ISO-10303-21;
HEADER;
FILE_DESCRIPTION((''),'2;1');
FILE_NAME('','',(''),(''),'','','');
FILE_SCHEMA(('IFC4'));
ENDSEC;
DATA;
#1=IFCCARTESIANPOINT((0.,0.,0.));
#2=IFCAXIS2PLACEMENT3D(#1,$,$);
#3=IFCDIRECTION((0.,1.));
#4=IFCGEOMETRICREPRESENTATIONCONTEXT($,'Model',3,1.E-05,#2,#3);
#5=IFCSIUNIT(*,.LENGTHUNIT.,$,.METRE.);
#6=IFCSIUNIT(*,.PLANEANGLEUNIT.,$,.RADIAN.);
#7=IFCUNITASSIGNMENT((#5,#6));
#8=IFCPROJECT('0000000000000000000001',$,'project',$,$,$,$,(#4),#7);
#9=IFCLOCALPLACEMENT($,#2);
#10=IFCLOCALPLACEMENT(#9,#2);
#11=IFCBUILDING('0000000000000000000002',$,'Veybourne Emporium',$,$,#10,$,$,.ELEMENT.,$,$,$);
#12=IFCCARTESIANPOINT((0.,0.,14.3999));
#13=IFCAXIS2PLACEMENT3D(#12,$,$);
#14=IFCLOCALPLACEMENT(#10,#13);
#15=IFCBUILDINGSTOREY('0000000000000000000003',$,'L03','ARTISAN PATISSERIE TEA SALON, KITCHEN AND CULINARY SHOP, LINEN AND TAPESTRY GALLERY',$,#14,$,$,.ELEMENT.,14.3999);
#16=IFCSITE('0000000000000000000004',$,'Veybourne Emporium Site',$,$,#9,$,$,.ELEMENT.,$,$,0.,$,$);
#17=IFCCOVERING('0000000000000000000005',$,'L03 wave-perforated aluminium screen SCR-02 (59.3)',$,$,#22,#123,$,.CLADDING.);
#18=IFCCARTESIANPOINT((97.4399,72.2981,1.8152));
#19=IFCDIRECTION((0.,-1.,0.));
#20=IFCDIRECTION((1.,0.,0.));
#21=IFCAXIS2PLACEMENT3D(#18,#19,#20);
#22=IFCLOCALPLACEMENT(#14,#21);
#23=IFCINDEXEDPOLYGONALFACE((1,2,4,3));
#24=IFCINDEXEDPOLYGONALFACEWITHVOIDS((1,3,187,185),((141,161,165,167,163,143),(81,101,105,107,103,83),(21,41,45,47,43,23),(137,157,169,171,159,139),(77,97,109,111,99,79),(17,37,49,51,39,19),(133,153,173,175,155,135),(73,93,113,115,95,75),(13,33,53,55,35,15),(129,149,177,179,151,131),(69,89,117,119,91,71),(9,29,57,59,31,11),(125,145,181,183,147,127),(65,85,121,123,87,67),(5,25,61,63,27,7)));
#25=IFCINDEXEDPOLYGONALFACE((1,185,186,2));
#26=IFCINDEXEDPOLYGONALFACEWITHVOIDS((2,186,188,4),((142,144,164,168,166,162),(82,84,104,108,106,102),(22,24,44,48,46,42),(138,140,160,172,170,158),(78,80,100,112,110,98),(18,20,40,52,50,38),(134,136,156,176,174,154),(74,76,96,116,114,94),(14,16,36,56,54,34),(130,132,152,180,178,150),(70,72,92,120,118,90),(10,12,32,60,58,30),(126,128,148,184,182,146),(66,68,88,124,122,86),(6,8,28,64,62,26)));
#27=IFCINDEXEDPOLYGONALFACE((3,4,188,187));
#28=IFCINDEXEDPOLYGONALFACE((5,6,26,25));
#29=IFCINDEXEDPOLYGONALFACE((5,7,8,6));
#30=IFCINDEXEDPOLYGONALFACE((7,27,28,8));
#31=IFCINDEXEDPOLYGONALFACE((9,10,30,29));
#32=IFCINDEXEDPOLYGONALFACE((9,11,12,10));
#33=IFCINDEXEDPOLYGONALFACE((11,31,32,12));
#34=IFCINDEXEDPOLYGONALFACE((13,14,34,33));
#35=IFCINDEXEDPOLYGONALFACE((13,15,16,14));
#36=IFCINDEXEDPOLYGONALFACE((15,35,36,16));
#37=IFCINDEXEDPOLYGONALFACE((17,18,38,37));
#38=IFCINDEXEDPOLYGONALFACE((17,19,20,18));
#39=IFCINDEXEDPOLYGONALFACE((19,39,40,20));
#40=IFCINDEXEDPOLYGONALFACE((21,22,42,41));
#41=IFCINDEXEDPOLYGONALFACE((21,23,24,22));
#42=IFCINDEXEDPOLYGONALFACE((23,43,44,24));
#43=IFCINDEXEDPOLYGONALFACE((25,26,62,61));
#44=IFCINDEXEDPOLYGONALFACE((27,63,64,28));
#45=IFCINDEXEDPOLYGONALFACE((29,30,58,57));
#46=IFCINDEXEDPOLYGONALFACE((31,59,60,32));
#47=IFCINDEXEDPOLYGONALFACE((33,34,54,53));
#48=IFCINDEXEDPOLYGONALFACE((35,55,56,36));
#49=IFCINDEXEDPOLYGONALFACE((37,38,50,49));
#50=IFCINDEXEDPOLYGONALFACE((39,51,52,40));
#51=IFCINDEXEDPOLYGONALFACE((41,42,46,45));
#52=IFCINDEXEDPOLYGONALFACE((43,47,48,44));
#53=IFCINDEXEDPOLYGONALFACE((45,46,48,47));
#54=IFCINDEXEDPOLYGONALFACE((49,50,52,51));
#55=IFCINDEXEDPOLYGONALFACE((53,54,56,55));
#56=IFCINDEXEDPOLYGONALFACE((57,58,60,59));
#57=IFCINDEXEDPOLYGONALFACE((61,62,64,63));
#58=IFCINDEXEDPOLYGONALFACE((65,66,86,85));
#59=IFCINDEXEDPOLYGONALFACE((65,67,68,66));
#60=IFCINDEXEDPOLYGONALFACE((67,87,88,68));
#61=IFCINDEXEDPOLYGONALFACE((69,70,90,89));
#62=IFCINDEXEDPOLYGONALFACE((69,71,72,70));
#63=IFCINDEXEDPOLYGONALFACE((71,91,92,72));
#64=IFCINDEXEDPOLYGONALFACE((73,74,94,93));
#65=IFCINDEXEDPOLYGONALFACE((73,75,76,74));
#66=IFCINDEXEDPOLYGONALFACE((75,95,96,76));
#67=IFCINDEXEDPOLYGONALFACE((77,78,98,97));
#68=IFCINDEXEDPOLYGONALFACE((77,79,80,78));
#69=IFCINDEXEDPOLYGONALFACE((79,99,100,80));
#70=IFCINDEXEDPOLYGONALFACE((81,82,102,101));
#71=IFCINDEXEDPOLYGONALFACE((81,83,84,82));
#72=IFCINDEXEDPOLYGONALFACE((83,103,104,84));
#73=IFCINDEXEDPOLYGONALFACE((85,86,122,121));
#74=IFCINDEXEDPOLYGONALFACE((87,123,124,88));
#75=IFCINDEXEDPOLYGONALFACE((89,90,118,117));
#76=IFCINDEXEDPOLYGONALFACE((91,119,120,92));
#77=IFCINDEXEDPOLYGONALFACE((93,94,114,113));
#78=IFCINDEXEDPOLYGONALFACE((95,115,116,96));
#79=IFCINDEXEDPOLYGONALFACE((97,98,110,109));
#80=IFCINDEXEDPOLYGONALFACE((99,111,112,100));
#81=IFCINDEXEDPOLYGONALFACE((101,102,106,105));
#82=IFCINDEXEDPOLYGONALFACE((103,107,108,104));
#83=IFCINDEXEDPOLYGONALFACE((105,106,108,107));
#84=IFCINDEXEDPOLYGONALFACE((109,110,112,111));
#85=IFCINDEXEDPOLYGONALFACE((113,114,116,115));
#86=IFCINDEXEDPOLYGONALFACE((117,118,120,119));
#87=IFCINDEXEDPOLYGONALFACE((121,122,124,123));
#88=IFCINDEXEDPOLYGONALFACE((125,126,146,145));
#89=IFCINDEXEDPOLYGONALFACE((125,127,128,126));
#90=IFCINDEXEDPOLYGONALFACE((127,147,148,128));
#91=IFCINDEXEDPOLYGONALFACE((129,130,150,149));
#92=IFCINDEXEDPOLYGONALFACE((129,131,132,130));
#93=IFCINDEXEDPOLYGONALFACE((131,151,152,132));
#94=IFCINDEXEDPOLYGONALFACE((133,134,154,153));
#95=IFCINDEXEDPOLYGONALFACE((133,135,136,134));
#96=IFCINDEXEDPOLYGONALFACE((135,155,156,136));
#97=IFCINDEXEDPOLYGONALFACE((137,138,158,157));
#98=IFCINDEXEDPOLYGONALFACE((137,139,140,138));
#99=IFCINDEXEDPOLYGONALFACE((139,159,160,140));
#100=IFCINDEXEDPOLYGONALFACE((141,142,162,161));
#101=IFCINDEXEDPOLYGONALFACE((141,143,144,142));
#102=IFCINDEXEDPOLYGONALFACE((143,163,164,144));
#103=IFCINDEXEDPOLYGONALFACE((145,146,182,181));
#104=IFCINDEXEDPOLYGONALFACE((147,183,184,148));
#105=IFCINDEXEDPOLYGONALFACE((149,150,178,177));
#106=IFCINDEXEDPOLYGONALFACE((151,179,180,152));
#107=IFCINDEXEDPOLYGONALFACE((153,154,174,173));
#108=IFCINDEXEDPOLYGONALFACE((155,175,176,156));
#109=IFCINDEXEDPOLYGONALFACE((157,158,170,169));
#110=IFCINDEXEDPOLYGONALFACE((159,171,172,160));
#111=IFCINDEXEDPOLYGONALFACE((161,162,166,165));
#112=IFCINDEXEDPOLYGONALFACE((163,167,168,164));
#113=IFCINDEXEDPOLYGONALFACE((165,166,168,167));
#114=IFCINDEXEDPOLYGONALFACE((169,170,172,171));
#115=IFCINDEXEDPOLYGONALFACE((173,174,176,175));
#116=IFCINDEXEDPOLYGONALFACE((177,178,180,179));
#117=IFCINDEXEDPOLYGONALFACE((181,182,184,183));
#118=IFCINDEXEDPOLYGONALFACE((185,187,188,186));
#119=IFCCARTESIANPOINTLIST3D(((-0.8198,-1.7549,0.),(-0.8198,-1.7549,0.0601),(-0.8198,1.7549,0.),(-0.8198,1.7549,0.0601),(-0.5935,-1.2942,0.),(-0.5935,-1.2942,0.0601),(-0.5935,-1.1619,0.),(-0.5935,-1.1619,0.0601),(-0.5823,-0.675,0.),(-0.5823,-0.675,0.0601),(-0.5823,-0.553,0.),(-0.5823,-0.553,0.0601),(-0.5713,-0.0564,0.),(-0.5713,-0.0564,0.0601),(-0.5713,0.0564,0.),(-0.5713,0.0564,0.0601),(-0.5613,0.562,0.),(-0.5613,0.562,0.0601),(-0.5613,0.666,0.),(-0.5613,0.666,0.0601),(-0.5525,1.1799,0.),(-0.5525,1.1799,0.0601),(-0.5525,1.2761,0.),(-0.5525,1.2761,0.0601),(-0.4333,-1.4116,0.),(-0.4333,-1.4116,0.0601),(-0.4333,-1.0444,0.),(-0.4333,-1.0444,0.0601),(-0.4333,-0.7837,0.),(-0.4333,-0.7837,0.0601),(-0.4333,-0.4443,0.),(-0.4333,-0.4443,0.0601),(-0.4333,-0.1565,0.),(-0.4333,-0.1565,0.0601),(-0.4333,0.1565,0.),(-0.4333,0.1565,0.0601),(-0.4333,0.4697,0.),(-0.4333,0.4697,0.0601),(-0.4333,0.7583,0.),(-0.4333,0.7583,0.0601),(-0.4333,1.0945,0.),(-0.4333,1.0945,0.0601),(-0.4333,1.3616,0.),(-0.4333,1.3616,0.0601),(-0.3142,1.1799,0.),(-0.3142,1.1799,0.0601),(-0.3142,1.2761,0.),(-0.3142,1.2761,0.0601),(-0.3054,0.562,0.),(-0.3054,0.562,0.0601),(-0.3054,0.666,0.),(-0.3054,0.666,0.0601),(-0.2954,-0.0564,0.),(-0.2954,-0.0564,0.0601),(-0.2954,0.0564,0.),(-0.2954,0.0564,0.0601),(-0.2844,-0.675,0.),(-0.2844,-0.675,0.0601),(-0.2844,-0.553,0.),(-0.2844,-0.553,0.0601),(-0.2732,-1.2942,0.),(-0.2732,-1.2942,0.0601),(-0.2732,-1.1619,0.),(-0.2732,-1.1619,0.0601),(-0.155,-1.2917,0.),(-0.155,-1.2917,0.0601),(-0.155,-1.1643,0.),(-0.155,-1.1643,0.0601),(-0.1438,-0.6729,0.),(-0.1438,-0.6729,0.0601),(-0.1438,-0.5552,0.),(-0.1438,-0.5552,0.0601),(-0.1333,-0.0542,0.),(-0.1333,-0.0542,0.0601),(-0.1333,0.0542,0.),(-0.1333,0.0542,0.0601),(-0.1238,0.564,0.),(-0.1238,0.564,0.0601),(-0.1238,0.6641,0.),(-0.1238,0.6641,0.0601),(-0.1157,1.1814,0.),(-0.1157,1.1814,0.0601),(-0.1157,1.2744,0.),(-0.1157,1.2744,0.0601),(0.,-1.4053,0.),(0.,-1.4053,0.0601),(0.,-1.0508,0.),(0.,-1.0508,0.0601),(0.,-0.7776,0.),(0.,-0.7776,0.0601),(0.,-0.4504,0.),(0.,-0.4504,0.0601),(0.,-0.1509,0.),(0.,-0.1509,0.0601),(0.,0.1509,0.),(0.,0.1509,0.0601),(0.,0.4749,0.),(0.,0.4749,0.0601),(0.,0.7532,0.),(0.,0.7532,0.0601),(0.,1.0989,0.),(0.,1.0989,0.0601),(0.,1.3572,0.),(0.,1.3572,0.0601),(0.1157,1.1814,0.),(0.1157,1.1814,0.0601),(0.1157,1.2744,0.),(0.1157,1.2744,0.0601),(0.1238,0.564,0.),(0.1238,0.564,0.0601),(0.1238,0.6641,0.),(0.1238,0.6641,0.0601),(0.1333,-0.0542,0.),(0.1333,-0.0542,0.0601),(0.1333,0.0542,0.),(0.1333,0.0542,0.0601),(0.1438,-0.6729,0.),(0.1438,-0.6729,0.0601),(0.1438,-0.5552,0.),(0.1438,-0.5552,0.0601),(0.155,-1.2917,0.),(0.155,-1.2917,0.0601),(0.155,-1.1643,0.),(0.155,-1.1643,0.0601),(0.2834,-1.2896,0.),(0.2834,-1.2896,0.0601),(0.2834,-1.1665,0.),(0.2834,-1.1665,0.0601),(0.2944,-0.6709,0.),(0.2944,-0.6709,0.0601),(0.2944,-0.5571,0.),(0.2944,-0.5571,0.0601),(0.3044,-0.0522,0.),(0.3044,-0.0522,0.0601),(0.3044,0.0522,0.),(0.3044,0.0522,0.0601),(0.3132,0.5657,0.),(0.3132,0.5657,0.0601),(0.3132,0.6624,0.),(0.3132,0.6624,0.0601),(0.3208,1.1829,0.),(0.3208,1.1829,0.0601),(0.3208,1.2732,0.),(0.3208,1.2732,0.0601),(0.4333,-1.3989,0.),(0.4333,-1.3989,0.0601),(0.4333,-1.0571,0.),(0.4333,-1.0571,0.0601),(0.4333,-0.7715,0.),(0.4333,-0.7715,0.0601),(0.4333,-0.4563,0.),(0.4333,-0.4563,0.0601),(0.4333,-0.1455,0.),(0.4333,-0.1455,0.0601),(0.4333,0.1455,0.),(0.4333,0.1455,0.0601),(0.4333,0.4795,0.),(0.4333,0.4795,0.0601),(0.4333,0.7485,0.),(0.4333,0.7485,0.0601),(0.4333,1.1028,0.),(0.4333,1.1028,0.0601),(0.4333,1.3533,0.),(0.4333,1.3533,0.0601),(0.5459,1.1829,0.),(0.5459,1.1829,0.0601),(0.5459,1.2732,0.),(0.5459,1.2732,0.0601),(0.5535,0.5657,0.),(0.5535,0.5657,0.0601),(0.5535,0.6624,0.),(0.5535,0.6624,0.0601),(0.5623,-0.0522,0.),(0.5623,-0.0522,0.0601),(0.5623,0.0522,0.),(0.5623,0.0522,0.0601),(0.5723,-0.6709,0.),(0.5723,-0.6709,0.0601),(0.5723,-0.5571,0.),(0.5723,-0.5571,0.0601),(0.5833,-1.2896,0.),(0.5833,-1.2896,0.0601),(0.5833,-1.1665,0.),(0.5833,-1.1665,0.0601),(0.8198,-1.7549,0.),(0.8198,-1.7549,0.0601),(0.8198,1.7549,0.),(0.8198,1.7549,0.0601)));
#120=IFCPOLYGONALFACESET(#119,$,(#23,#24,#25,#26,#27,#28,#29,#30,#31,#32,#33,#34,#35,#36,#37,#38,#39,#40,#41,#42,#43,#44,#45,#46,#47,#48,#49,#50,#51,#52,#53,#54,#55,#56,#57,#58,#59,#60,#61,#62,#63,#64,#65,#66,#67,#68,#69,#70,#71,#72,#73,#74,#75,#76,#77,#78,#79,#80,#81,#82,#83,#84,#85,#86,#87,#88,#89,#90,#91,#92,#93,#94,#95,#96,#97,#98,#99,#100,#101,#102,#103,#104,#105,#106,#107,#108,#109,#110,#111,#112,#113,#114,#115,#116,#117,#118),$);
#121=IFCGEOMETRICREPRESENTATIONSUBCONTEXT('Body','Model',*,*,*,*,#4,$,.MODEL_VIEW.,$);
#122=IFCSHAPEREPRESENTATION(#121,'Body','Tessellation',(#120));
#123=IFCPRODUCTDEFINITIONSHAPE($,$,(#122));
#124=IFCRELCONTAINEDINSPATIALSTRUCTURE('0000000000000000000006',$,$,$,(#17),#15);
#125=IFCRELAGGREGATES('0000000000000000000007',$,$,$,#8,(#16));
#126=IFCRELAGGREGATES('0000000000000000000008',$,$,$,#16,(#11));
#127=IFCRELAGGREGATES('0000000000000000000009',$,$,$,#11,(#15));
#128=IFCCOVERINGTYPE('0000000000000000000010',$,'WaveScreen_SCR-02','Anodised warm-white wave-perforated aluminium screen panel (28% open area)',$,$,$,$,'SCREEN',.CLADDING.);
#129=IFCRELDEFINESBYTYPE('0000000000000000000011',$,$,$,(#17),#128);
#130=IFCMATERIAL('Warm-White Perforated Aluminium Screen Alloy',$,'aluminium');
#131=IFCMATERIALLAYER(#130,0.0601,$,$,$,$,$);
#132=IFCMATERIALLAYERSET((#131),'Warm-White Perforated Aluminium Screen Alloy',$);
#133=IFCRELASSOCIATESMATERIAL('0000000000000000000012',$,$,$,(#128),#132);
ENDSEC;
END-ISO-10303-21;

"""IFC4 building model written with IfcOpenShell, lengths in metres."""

from ifc_helpers import new_model, si_unit, direction, frame, origin, place, context, subcontext, project, spatial, polyline, outline, extrude, material, layer, layer_set, type_object, element, save


model = new_model("IFC4")

# Units and contexts
model_context = context("Model", 3, precision=1e-05, world=origin(), true_north=direction((0.0, 1.0)))
body_context = subcontext(model_context, "Body", "Model", "MODEL_VIEW")
ifc_project = project(units=[si_unit("LENGTHUNIT", "METRE"), si_unit("PLANEANGLEUNIT", "RADIAN")], contexts=[model_context])

# Site, building, storey
site_placement = place(None, origin())
site = spatial("IfcSite", under=ifc_project, at=site_placement, Name="Veybourne Emporium Site", CompositionType="ELEMENT", RefElevation=0.0)
building_placement = place(site_placement, origin())
building = spatial("IfcBuilding", under=site, at=building_placement, Name="Veybourne Emporium", CompositionType="ELEMENT")
storey_placement = place(building_placement, frame((0.0, 0.0, 14.3999)))
storey = spatial("IfcBuildingStorey", under=building, at=storey_placement, Name="L03", Description="ARTISAN PATISSERIE TEA SALON, KITCHEN AND CULINARY SHOP, LINEN AND TAPESTRY GALLERY", CompositionType="ELEMENT", Elevation=14.3999)

# Covering
ifc_material_1 = material(Name="Warm-White Perforated Aluminium Screen Alloy", Category="aluminium")
ifc_layer_1 = layer(ifc_material_1, 0.0601)
ifc_layer_set_1 = layer_set([ifc_layer_1], Name="Warm-White Perforated Aluminium Screen Alloy")
covering_type_1 = type_object("IfcCoveringType", Name="WaveScreen_SCR-02", Description="Anodised warm-white wave-perforated aluminium screen panel (28% open area)", ElementType="SCREEN", PredefinedType="CLADDING", material=ifc_layer_set_1)
covering_1_placement = place(storey_placement, frame((97.4399, 72.2981, 1.8152), z_axis=(0.0, -1.0, 0.0), x_axis=(1.0, 0.0, 0.0)))
element("IfcCovering", 1, at=covering_1_placement, inside=storey, type_object=covering_type_1, Name="L03 wave-perforated aluminium screen SCR-02 (59.3)", PredefinedType="CLADDING", context=body_context, shape_type="SweptSolid", body=[
    extrude(outline(polyline([(-0.8198, -1.7549), (0.8198, -1.7549), (0.8198, 1.7549), (-0.8198, 1.7549), (-0.8198, -1.7549)]), holes=[polyline([(-0.4333, -1.0444), (-0.2732, -1.1619), (-0.2732, -1.2942), (-0.4333, -1.4116), (-0.5935, -1.2942), (-0.5935, -1.1619), (-0.4333, -1.0444)]), polyline([(-0.4333, -0.4443), (-0.2844, -0.553), (-0.2844, -0.675), (-0.4333, -0.7837), (-0.5823, -0.675), (-0.5823, -0.553), (-0.4333, -0.4443)]), polyline([(-0.4333, 0.1565), (-0.2954, 0.0564), (-0.2954, -0.0564), (-0.4333, -0.1565), (-0.5713, -0.0564), (-0.5713, 0.0564), (-0.4333, 0.1565)]), polyline([(-0.4333, 0.7583), (-0.3054, 0.666), (-0.3054, 0.562), (-0.4333, 0.4697), (-0.5613, 0.562), (-0.5613, 0.666), (-0.4333, 0.7583)]), polyline([(-0.4333, 1.3616), (-0.3142, 1.2761), (-0.3142, 1.1799), (-0.4333, 1.0945), (-0.5525, 1.1799), (-0.5525, 1.2761), (-0.4333, 1.3616)]), polyline([(0.0, -1.0508), (0.155, -1.1643), (0.155, -1.2917), (0.0, -1.4053), (-0.155, -1.2917), (-0.155, -1.1643), (0.0, -1.0508)]), polyline([(0.0, -0.4504), (0.1438, -0.5552), (0.1438, -0.6729), (0.0, -0.7776), (-0.1438, -0.6729), (-0.1438, -0.5552), (0.0, -0.4504)]), polyline([(0.0, 0.1509), (0.1333, 0.0542), (0.1333, -0.0542), (0.0, -0.1509), (-0.1333, -0.0542), (-0.1333, 0.0542), (0.0, 0.1509)]), polyline([(0.0, 0.7532), (0.1238, 0.6641), (0.1238, 0.564), (0.0, 0.4749), (-0.1238, 0.564), (-0.1238, 0.6641), (0.0, 0.7532)]), polyline([(0.0, 1.3572), (0.1157, 1.2744), (0.1157, 1.1814), (0.0, 1.0989), (-0.1157, 1.1814), (-0.1157, 1.2744), (0.0, 1.3572)]), polyline([(0.4333, -1.0571), (0.5833, -1.1665), (0.5833, -1.2896), (0.4333, -1.3989), (0.2834, -1.2896), (0.2834, -1.1665), (0.4333, -1.0571)]), polyline([(0.4333, -0.4563), (0.5723, -0.5571), (0.5723, -0.6709), (0.4333, -0.7715), (0.2944, -0.6709), (0.2944, -0.5571), (0.4333, -0.4563)]), polyline([(0.4333, 0.1455), (0.5623, 0.0522), (0.5623, -0.0522), (0.4333, -0.1455), (0.3044, -0.0522), (0.3044, 0.0522), (0.4333, 0.1455)]), polyline([(0.4333, 0.7485), (0.5535, 0.6624), (0.5535, 0.5657), (0.4333, 0.4795), (0.3132, 0.5657), (0.3132, 0.6624), (0.4333, 0.7485)]), polyline([(0.4333, 1.3533), (0.5459, 1.2732), (0.5459, 1.1829), (0.4333, 1.1028), (0.3208, 1.1829), (0.3208, 1.2732), (0.4333, 1.3533)])]), origin(), (0.0, 0.0, 1.0), 0.0601),
])

save(model, "model.ifc")
